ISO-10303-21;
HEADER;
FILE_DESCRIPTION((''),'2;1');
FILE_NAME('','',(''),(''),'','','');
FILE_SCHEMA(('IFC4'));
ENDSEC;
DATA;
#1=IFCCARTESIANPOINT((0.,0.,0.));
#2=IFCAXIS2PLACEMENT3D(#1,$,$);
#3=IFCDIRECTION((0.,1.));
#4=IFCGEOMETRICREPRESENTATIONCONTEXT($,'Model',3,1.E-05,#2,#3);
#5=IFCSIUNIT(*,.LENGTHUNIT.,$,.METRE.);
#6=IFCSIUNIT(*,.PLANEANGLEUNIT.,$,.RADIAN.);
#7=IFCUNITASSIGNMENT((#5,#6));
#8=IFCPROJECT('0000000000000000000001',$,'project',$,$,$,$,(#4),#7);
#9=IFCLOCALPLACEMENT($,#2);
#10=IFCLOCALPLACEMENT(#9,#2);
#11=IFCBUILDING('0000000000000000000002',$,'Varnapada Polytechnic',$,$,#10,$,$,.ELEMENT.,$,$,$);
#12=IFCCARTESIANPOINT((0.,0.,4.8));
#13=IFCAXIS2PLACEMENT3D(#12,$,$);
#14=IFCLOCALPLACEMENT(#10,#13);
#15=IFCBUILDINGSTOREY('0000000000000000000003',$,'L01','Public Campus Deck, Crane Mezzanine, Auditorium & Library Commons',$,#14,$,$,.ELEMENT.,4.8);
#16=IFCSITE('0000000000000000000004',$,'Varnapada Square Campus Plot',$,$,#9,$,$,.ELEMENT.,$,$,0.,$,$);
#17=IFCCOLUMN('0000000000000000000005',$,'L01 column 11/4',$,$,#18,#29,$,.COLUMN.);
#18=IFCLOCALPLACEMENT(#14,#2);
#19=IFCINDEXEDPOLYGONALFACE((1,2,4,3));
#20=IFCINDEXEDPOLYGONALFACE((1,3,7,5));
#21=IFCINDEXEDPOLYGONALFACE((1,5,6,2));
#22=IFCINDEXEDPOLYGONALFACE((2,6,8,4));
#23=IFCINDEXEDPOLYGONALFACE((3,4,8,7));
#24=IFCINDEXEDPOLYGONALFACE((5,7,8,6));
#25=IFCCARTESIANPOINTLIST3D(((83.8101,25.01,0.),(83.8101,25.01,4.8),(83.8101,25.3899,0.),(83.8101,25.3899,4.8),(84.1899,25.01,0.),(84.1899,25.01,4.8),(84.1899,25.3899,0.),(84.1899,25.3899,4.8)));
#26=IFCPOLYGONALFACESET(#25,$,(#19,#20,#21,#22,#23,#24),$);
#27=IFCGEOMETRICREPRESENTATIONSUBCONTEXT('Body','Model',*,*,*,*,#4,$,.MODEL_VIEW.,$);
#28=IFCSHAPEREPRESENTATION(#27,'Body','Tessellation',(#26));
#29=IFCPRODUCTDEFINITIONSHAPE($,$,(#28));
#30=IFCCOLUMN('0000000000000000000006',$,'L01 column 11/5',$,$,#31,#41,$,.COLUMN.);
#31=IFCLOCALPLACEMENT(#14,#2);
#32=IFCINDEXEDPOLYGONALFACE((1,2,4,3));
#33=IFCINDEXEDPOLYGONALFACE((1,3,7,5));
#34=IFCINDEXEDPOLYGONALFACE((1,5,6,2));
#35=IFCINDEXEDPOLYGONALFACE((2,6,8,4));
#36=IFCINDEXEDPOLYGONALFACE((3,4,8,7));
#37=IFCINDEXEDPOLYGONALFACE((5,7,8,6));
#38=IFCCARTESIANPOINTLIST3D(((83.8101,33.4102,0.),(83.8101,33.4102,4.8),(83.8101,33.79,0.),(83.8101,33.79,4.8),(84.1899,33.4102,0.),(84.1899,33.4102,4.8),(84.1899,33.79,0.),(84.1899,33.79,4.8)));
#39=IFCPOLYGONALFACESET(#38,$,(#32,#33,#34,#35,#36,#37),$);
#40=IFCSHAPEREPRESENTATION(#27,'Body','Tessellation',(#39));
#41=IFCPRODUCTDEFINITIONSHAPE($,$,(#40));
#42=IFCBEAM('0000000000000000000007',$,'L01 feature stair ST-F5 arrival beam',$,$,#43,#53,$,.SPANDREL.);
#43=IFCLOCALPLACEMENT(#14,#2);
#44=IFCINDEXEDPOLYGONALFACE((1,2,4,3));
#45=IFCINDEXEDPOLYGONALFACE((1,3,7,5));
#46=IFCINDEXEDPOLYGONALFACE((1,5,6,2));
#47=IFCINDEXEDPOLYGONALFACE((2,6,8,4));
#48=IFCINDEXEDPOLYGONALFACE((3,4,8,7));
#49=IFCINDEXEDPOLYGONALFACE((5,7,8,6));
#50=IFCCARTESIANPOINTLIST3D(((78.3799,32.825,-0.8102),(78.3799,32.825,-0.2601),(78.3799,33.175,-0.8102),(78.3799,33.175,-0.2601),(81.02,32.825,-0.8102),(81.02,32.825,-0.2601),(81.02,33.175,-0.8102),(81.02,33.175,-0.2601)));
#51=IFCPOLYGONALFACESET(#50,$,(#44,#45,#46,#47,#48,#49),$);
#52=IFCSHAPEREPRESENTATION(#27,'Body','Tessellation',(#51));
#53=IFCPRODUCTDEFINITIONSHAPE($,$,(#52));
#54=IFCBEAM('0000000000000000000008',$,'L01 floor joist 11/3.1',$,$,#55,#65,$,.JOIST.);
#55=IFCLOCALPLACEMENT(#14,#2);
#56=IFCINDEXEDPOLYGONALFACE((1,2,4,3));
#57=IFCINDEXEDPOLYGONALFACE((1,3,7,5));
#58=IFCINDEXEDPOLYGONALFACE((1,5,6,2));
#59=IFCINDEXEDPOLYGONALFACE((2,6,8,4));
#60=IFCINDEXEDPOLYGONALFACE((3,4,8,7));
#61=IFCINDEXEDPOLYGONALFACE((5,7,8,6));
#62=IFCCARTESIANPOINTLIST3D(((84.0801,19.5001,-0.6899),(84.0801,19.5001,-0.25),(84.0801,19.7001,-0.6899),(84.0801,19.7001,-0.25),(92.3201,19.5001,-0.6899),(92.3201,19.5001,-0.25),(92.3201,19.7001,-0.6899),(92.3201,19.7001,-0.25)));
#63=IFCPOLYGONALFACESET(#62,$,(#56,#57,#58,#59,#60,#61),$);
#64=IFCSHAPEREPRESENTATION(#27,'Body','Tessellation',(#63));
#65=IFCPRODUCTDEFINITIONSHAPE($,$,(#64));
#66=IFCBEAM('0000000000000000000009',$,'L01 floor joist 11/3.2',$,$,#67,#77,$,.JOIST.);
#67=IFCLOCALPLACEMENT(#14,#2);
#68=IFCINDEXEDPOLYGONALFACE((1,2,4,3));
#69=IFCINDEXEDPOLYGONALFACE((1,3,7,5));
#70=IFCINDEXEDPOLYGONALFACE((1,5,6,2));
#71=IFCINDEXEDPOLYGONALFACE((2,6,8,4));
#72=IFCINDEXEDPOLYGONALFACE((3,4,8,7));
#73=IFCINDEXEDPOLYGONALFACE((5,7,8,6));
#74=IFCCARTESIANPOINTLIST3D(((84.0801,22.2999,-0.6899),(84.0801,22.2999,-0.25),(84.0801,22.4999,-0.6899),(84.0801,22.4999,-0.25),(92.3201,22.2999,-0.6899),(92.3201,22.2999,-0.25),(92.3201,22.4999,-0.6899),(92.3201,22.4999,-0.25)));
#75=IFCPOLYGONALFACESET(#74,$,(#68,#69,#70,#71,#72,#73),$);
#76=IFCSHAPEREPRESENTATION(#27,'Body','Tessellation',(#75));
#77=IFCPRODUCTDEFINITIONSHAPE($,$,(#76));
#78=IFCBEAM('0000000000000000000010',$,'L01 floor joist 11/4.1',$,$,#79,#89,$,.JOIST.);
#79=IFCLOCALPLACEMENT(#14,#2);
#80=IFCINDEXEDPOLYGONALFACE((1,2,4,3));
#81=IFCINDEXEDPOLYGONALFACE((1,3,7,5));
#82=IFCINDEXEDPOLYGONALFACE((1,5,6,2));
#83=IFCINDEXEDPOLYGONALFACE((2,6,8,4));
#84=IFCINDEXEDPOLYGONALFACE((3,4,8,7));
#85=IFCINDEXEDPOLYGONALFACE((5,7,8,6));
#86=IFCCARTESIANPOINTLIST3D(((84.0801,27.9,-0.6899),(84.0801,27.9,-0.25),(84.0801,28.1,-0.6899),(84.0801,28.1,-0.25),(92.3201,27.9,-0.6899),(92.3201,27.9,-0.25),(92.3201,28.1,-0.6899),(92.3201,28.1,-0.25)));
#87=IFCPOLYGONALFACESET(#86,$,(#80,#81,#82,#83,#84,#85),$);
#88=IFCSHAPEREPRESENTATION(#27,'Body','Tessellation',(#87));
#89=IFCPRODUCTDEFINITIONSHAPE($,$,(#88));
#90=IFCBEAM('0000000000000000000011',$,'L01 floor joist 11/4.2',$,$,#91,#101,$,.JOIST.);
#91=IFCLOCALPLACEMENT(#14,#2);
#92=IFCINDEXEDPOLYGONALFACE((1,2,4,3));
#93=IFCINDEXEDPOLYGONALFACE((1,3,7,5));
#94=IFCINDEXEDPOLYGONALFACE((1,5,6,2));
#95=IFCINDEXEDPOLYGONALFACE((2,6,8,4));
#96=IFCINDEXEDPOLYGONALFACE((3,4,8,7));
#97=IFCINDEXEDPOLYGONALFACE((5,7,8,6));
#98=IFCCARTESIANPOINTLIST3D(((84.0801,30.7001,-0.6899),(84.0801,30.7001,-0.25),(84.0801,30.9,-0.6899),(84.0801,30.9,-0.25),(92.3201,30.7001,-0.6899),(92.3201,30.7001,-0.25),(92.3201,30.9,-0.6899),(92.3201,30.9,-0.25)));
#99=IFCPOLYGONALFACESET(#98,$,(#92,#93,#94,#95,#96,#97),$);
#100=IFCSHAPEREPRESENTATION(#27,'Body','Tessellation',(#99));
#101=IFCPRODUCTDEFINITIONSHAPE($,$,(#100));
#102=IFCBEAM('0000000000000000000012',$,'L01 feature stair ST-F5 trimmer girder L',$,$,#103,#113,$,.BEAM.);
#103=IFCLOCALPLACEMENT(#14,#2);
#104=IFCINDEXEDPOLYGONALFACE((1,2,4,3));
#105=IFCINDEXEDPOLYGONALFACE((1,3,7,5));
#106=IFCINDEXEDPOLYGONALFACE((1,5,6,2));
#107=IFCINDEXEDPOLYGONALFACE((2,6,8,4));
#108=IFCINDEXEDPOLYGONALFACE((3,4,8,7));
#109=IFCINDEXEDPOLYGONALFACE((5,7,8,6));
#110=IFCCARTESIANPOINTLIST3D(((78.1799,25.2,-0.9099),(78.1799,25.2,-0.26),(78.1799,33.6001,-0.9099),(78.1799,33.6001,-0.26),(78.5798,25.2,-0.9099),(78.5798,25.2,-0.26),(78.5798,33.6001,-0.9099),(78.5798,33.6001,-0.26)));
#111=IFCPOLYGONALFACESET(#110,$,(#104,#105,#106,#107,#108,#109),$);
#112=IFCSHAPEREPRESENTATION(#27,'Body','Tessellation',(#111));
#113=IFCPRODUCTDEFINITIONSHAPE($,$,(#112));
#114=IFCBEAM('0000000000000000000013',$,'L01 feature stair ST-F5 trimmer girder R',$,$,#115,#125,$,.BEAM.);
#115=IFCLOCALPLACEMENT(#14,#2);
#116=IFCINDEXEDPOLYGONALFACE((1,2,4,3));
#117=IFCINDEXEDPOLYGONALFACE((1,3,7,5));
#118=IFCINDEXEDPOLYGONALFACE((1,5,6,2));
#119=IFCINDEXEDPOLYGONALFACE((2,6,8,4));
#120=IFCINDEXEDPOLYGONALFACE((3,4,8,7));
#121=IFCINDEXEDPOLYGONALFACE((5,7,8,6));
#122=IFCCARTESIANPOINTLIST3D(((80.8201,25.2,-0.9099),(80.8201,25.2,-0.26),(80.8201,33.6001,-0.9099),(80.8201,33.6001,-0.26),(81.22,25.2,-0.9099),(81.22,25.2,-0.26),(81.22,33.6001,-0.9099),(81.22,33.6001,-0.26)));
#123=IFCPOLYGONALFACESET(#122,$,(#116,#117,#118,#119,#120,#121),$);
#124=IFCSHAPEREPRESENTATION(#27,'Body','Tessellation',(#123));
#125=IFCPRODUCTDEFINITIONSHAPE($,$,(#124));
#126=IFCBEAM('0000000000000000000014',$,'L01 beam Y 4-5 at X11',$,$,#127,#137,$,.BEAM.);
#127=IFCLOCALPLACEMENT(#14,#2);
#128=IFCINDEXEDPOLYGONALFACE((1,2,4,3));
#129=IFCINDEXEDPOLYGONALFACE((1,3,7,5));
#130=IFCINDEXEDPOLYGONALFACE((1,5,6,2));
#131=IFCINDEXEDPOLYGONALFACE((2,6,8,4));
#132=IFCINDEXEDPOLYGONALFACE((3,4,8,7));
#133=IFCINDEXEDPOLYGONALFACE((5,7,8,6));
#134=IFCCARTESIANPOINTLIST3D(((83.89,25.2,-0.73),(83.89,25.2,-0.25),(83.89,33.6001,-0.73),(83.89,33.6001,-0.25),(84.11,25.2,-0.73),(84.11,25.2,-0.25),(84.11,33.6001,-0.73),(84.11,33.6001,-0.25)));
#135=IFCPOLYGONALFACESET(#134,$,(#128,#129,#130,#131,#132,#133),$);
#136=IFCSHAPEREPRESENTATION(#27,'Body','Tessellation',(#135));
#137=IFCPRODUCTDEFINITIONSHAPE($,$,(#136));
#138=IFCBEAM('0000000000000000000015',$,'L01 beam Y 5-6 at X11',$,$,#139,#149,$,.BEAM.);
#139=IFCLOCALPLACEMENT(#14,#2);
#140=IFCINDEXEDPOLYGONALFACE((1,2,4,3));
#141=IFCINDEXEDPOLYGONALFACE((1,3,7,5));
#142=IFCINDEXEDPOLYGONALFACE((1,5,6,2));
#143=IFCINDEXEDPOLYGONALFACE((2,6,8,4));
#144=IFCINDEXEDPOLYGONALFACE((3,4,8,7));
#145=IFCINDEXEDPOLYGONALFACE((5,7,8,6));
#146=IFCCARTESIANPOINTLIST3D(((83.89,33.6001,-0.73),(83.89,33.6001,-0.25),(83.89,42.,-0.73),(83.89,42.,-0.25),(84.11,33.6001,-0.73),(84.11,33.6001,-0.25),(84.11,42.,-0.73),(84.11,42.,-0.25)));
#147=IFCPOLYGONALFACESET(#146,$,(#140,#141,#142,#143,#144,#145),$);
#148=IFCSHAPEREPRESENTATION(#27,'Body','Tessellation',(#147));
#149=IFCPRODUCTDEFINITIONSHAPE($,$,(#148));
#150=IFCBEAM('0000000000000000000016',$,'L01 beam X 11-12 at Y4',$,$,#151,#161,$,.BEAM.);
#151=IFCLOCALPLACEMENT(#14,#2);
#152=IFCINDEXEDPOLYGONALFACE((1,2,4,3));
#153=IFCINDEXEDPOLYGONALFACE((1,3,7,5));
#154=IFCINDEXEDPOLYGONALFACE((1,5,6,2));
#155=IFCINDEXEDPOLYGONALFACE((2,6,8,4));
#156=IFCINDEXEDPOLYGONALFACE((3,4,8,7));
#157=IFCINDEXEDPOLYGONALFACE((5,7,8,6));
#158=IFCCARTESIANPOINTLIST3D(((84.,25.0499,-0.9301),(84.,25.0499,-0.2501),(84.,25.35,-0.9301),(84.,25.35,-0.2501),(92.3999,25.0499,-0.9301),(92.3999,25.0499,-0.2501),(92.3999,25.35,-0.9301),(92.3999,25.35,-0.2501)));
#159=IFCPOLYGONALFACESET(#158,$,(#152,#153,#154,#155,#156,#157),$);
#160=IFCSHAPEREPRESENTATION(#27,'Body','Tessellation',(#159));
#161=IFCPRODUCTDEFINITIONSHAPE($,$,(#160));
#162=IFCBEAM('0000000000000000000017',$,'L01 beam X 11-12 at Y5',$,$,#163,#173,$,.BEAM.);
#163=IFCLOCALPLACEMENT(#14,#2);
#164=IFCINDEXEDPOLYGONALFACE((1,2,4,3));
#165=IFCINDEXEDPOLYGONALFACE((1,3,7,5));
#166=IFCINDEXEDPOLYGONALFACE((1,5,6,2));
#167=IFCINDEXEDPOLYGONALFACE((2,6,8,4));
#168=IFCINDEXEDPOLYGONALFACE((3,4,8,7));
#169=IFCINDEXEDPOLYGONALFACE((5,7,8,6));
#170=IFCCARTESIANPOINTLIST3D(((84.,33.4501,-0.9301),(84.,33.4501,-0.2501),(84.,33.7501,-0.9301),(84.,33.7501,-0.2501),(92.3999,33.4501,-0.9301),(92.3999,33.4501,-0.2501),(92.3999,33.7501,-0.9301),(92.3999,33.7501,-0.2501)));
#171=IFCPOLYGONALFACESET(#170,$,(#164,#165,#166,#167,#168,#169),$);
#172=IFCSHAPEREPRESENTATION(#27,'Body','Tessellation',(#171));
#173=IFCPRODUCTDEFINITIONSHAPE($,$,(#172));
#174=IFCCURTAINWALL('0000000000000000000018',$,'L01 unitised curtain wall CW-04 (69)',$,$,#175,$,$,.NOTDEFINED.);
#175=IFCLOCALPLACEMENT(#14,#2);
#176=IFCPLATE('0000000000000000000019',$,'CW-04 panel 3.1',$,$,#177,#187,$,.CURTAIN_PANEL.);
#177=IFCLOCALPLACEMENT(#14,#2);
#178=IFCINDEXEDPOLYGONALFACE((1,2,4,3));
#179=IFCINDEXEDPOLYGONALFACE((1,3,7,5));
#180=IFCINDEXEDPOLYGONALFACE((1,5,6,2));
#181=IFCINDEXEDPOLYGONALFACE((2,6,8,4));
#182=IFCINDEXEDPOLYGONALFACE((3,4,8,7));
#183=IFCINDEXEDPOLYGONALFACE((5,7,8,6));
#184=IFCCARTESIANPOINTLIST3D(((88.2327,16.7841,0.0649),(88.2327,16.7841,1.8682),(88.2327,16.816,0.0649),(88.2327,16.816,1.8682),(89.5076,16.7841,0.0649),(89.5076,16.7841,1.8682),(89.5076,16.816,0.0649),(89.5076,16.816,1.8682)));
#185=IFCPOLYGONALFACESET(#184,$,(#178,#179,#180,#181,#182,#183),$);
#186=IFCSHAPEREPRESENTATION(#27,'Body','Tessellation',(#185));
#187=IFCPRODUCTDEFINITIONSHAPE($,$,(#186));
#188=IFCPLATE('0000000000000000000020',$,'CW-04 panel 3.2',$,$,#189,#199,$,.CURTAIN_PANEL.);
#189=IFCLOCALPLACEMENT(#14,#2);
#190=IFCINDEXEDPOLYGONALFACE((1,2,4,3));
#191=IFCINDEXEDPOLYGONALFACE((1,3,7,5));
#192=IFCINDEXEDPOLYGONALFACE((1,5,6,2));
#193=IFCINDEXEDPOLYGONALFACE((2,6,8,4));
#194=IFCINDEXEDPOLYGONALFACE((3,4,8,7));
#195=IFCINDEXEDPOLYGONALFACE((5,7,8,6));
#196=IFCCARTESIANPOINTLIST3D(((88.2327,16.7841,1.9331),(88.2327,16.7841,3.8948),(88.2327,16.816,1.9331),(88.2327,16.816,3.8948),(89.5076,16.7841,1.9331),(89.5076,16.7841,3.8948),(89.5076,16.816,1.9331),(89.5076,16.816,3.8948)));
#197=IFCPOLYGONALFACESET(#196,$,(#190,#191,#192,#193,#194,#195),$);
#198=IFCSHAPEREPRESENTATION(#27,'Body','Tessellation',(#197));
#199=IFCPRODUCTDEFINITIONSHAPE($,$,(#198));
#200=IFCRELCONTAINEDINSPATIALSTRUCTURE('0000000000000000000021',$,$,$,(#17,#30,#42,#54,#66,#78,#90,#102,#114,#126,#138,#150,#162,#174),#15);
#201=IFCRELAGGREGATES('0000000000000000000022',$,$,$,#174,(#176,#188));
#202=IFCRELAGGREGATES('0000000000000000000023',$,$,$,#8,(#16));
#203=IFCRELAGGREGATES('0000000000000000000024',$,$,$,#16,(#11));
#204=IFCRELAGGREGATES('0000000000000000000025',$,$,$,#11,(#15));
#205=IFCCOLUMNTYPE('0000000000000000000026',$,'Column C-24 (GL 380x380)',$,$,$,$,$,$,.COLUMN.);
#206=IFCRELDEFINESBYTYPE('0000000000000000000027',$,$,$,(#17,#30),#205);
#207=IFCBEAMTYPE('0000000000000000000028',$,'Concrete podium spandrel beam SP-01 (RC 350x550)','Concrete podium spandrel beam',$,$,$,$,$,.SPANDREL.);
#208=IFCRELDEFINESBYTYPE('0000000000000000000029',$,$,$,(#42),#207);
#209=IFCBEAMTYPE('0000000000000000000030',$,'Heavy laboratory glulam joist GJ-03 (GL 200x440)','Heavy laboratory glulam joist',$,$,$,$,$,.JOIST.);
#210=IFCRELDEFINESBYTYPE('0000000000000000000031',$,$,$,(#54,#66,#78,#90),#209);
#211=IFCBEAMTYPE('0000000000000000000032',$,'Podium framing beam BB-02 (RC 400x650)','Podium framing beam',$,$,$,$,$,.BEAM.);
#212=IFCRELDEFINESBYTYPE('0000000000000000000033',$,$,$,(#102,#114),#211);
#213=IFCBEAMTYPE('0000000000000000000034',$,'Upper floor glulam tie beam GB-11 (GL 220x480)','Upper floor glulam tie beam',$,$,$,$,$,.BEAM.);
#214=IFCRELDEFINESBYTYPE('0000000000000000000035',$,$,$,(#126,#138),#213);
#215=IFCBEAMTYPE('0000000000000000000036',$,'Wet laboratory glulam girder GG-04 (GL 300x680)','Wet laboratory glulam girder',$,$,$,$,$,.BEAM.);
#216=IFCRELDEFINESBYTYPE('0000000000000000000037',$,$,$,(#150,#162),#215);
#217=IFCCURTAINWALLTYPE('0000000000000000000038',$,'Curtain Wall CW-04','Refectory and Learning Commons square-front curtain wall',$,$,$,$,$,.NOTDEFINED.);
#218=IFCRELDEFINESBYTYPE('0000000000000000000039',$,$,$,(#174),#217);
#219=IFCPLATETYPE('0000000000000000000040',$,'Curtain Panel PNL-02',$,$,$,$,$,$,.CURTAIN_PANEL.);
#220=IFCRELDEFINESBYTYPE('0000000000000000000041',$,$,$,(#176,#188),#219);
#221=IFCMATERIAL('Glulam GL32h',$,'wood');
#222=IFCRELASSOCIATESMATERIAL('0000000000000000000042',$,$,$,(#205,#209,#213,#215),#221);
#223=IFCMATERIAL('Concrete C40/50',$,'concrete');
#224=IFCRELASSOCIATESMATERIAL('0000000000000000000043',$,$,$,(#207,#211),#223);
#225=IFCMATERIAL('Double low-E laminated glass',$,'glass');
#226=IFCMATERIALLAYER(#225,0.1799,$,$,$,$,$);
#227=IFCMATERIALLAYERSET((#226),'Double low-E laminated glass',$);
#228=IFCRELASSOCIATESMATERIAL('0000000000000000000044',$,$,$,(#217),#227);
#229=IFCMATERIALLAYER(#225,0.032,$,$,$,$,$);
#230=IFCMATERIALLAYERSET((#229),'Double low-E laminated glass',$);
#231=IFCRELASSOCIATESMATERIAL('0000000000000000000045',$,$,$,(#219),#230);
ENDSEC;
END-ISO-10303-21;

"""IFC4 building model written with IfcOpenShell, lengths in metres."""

from ifc_helpers import new_model, si_unit, direction, frame, origin, origin_2d, place, context, subcontext, project, spatial, rectangle, extrude, material, layer, layer_set, material_profile, profile_set, type_object, element, aggregate, save


model = new_model("IFC4")

# Units and contexts
model_context = context("Model", 3, precision=1e-05, world=origin(), true_north=direction((0.0, 1.0)))
body_context = subcontext(model_context, "Body", "Model", "MODEL_VIEW")
ifc_project = project(units=[si_unit("LENGTHUNIT", "METRE"), si_unit("PLANEANGLEUNIT", "RADIAN")], contexts=[model_context])

# Site, building, storey
site_placement = place(None, origin())
site = spatial("IfcSite", under=ifc_project, at=site_placement, Name="Varnapada Square Campus Plot", CompositionType="ELEMENT", RefElevation=0.0)
building_placement = place(site_placement, origin())
building = spatial("IfcBuilding", under=site, at=building_placement, Name="Varnapada Polytechnic", CompositionType="ELEMENT")
storey_placement = place(building_placement, frame((0.0, 0.0, 4.8)))
storey = spatial("IfcBuildingStorey", under=building, at=storey_placement, Name="L01", Description="Public Campus Deck, Crane Mezzanine, Auditorium & Library Commons", CompositionType="ELEMENT", Elevation=4.8)

# Columns
ifc_material_1 = material(Name="Glulam GL32h", Category="wood")
ifc_material_profile_1 = material_profile(ifc_material_1, rectangle(XDim=0.3799, YDim=0.3799, at=origin_2d()), Name="GL 380x380")
ifc_profile_set_1 = profile_set([ifc_material_profile_1], Name="Glulam GL32h")
column_type = type_object("IfcColumnType", Name="Column C-24 (GL 380x380)", PredefinedType="COLUMN", material=ifc_profile_set_1)
for number, where, z_axis, x_axis, name in (
    (1, (84.0, 25.2, 0.0), (0.0, 0.0, 1.0), (1.0, 0.0, 0.0), "L01 column 11/4"),
    (2, (84.0, 33.6001, 0.0), (0.0, 0.0, 1.0), (1.0, 0.0, 0.0), "L01 column 11/5"),
):
    element("IfcColumn", number, at=place(storey_placement, frame(where, z_axis=z_axis, x_axis=x_axis)), inside=storey, type_object=column_type, Name=name, PredefinedType="COLUMN", context=body_context, shape_type="SweptSolid", body=[
        extrude(rectangle(XDim=0.3799, YDim=0.3799, at=origin_2d()), origin(), (0.0, 0.0, 1.0), 4.8),
    ])

# Beams
ifc_material_2 = material(Name="Concrete C40/50", Category="concrete")
ifc_material_profile_2 = material_profile(ifc_material_2, rectangle(XDim=0.3501, YDim=0.55, at=origin_2d()), Name="RC 350x550")
ifc_profile_set_2 = profile_set([ifc_material_profile_2], Name="Concrete C40/50")
beam_type_1 = type_object("IfcBeamType", Name="Concrete podium spandrel beam SP-01 (RC 350x550)", Description="Concrete podium spandrel beam", PredefinedType="SPANDREL", material=ifc_profile_set_2)
beam_1_placement = place(storey_placement, frame((78.3799, 33.0, -0.5352), z_axis=(1.0, 0.0, 0.0), x_axis=(0.0, 1.0, 0.0)))
element("IfcBeam", 3, at=beam_1_placement, inside=storey, type_object=beam_type_1, Name="L01 feature stair ST-F5 arrival beam", PredefinedType="SPANDREL", context=body_context, shape_type="SweptSolid", body=[
    extrude(rectangle(XDim=0.3501, YDim=0.55, at=origin_2d()), origin(), (0.0, 0.0, 1.0), 2.6401),
])
ifc_material_profile_3 = material_profile(ifc_material_1, rectangle(XDim=0.2, YDim=0.4399, at=origin_2d()), Name="GL 200x440")
ifc_profile_set_3 = profile_set([ifc_material_profile_3], Name="Glulam GL32h")
beam_type_2 = type_object("IfcBeamType", Name="Heavy laboratory glulam joist GJ-03 (GL 200x440)", Description="Heavy laboratory glulam joist", PredefinedType="JOIST", material=ifc_profile_set_3)
for number, where, z_axis, x_axis, name in (
    (4, (84.0801, 19.6001, -0.47), (1.0, 0.0, 0.0), (0.0, 1.0, 0.0), "L01 floor joist 11/3.1"),
    (5, (84.0801, 22.3999, -0.47), (1.0, 0.0, 0.0), (0.0, 1.0, 0.0), "L01 floor joist 11/3.2"),
    (6, (84.0801, 28.0, -0.47), (1.0, 0.0, 0.0), (0.0, 1.0, 0.0), "L01 floor joist 11/4.1"),
    (7, (84.0801, 30.8, -0.47), (1.0, 0.0, 0.0), (0.0, 1.0, 0.0), "L01 floor joist 11/4.2"),
):
    element("IfcBeam", number, at=place(storey_placement, frame(where, z_axis=z_axis, x_axis=x_axis)), inside=storey, type_object=beam_type_2, Name=name, PredefinedType="JOIST", context=body_context, shape_type="SweptSolid", body=[
        extrude(rectangle(XDim=0.2, YDim=0.4399, at=origin_2d()), origin(), (0.0, 0.0, 1.0), 8.24),
    ])
ifc_material_profile_4 = material_profile(ifc_material_2, rectangle(XDim=0.3999, YDim=0.6499, at=origin_2d()), Name="RC 400x650")
ifc_profile_set_4 = profile_set([ifc_material_profile_4], Name="Concrete C40/50")
beam_type_3 = type_object("IfcBeamType", Name="Podium framing beam BB-02 (RC 400x650)", Description="Podium framing beam", PredefinedType="BEAM", material=ifc_profile_set_4)
for number, where, z_axis, x_axis, name in (
    (8, (78.3799, 25.2, -0.585), (0.0, 1.0, 0.0), (-1.0, 0.0, 0.0), "L01 feature stair ST-F5 trimmer girder L"),
    (9, (81.02, 25.2, -0.585), (0.0, 1.0, 0.0), (-1.0, 0.0, 0.0), "L01 feature stair ST-F5 trimmer girder R"),
):
    element("IfcBeam", number, at=place(storey_placement, frame(where, z_axis=z_axis, x_axis=x_axis)), inside=storey, type_object=beam_type_3, Name=name, PredefinedType="BEAM", context=body_context, shape_type="SweptSolid", body=[
        extrude(rectangle(XDim=0.3999, YDim=0.6499, at=origin_2d()), origin(), (0.0, 0.0, 1.0), 8.4001),
    ])
ifc_material_profile_5 = material_profile(ifc_material_1, rectangle(XDim=0.22, YDim=0.48, at=origin_2d()), Name="GL 220x480")
ifc_profile_set_5 = profile_set([ifc_material_profile_5], Name="Glulam GL32h")
beam_type_4 = type_object("IfcBeamType", Name="Upper floor glulam tie beam GB-11 (GL 220x480)", Description="Upper floor glulam tie beam", PredefinedType="BEAM", material=ifc_profile_set_5)
beam_2_placement = place(storey_placement, frame((84.0, 25.2, -0.49), z_axis=(0.0, 1.0, 0.0), x_axis=(-1.0, 0.0, 0.0)))
element("IfcBeam", 10, at=beam_2_placement, inside=storey, type_object=beam_type_4, Name="L01 beam Y 4-5 at X11", PredefinedType="BEAM", context=body_context, shape_type="SweptSolid", body=[
    extrude(rectangle(XDim=0.22, YDim=0.48, at=origin_2d()), origin(), (0.0, 0.0, 1.0), 8.4001),
])
beam_3_placement = place(storey_placement, frame((84.0, 33.6001, -0.49), z_axis=(0.0, 1.0, 0.0), x_axis=(-1.0, 0.0, 0.0)))
element("IfcBeam", 11, at=beam_3_placement, inside=storey, type_object=beam_type_4, Name="L01 beam Y 5-6 at X11", PredefinedType="BEAM", context=body_context, shape_type="SweptSolid", body=[
    extrude(rectangle(XDim=0.22, YDim=0.48, at=origin_2d()), origin(), (0.0, 0.0, 1.0), 8.3999),
])
ifc_material_profile_6 = material_profile(ifc_material_1, rectangle(XDim=0.3, YDim=0.6799, at=origin_2d()), Name="GL 300x680")
ifc_profile_set_6 = profile_set([ifc_material_profile_6], Name="Glulam GL32h")
beam_type_5 = type_object("IfcBeamType", Name="Wet laboratory glulam girder GG-04 (GL 300x680)", Description="Wet laboratory glulam girder", PredefinedType="BEAM", material=ifc_profile_set_6)
for number, where, z_axis, x_axis, name in (
    (12, (84.0, 25.2, -0.5901), (1.0, 0.0, 0.0), (0.0, 1.0, 0.0), "L01 beam X 11-12 at Y4"),
    (13, (84.0, 33.6001, -0.5901), (1.0, 0.0, 0.0), (0.0, 1.0, 0.0), "L01 beam X 11-12 at Y5"),
):
    element("IfcBeam", number, at=place(storey_placement, frame(where, z_axis=z_axis, x_axis=x_axis)), inside=storey, type_object=beam_type_5, Name=name, PredefinedType="BEAM", context=body_context, shape_type="SweptSolid", body=[
        extrude(rectangle(XDim=0.3, YDim=0.6799, at=origin_2d()), origin(), (0.0, 0.0, 1.0), 8.3999),
    ])

# Curtain wall, plates
ifc_material_3 = material(Name="Double low-E laminated glass", Category="glass")
ifc_layer_1 = layer(ifc_material_3, 0.1799)
ifc_layer_set_1 = layer_set([ifc_layer_1], Name="Double low-E laminated glass")
curtain_wall_type = type_object("IfcCurtainWallType", Name="Curtain Wall CW-04", Description="Refectory and Learning Commons square-front curtain wall", PredefinedType="NOTDEFINED", material=ifc_layer_set_1)
curtain_wall_placement = place(storey_placement, origin())
curtain_wall = element("IfcCurtainWall", 14, at=curtain_wall_placement, inside=storey, type_object=curtain_wall_type, Name="L01 unitised curtain wall CW-04 (69)", PredefinedType="NOTDEFINED")
ifc_layer_2 = layer(ifc_material_3, 0.032)
ifc_layer_set_2 = layer_set([ifc_layer_2], Name="Double low-E laminated glass")
plate_type_1 = type_object("IfcPlateType", Name="Curtain Panel PNL-02", PredefinedType="CURTAIN_PANEL", material=ifc_layer_set_2)
plate_1_placement = place(storey_placement, frame((88.8701, 16.8, 0.0649), z_axis=(0.0, 0.0, 1.0), x_axis=(-1.0, 0.0, 0.0)))
plate_1 = element("IfcPlate", 15, at=plate_1_placement, type_object=plate_type_1, Name="CW-04 panel 3.1", PredefinedType="CURTAIN_PANEL", context=body_context, shape_type="SweptSolid", body=[
    extrude(rectangle(XDim=1.2749, YDim=0.032, at=origin_2d()), origin(), (0.0, 0.0, 1.0), 1.8032),
])
plate_2_placement = place(storey_placement, frame((88.8701, 16.8, 1.9331), z_axis=(0.0, 0.0, 1.0), x_axis=(-1.0, 0.0, 0.0)))
plate_2 = element("IfcPlate", 16, at=plate_2_placement, type_object=plate_type_1, Name="CW-04 panel 3.2", PredefinedType="CURTAIN_PANEL", context=body_context, shape_type="SweptSolid", body=[
    extrude(rectangle(XDim=1.2749, YDim=0.032, at=origin_2d()), origin(), (0.0, 0.0, 1.0), 1.9617),
])
aggregate(curtain_wall, [plate_1, plate_2])

save(model, "model.ifc")
